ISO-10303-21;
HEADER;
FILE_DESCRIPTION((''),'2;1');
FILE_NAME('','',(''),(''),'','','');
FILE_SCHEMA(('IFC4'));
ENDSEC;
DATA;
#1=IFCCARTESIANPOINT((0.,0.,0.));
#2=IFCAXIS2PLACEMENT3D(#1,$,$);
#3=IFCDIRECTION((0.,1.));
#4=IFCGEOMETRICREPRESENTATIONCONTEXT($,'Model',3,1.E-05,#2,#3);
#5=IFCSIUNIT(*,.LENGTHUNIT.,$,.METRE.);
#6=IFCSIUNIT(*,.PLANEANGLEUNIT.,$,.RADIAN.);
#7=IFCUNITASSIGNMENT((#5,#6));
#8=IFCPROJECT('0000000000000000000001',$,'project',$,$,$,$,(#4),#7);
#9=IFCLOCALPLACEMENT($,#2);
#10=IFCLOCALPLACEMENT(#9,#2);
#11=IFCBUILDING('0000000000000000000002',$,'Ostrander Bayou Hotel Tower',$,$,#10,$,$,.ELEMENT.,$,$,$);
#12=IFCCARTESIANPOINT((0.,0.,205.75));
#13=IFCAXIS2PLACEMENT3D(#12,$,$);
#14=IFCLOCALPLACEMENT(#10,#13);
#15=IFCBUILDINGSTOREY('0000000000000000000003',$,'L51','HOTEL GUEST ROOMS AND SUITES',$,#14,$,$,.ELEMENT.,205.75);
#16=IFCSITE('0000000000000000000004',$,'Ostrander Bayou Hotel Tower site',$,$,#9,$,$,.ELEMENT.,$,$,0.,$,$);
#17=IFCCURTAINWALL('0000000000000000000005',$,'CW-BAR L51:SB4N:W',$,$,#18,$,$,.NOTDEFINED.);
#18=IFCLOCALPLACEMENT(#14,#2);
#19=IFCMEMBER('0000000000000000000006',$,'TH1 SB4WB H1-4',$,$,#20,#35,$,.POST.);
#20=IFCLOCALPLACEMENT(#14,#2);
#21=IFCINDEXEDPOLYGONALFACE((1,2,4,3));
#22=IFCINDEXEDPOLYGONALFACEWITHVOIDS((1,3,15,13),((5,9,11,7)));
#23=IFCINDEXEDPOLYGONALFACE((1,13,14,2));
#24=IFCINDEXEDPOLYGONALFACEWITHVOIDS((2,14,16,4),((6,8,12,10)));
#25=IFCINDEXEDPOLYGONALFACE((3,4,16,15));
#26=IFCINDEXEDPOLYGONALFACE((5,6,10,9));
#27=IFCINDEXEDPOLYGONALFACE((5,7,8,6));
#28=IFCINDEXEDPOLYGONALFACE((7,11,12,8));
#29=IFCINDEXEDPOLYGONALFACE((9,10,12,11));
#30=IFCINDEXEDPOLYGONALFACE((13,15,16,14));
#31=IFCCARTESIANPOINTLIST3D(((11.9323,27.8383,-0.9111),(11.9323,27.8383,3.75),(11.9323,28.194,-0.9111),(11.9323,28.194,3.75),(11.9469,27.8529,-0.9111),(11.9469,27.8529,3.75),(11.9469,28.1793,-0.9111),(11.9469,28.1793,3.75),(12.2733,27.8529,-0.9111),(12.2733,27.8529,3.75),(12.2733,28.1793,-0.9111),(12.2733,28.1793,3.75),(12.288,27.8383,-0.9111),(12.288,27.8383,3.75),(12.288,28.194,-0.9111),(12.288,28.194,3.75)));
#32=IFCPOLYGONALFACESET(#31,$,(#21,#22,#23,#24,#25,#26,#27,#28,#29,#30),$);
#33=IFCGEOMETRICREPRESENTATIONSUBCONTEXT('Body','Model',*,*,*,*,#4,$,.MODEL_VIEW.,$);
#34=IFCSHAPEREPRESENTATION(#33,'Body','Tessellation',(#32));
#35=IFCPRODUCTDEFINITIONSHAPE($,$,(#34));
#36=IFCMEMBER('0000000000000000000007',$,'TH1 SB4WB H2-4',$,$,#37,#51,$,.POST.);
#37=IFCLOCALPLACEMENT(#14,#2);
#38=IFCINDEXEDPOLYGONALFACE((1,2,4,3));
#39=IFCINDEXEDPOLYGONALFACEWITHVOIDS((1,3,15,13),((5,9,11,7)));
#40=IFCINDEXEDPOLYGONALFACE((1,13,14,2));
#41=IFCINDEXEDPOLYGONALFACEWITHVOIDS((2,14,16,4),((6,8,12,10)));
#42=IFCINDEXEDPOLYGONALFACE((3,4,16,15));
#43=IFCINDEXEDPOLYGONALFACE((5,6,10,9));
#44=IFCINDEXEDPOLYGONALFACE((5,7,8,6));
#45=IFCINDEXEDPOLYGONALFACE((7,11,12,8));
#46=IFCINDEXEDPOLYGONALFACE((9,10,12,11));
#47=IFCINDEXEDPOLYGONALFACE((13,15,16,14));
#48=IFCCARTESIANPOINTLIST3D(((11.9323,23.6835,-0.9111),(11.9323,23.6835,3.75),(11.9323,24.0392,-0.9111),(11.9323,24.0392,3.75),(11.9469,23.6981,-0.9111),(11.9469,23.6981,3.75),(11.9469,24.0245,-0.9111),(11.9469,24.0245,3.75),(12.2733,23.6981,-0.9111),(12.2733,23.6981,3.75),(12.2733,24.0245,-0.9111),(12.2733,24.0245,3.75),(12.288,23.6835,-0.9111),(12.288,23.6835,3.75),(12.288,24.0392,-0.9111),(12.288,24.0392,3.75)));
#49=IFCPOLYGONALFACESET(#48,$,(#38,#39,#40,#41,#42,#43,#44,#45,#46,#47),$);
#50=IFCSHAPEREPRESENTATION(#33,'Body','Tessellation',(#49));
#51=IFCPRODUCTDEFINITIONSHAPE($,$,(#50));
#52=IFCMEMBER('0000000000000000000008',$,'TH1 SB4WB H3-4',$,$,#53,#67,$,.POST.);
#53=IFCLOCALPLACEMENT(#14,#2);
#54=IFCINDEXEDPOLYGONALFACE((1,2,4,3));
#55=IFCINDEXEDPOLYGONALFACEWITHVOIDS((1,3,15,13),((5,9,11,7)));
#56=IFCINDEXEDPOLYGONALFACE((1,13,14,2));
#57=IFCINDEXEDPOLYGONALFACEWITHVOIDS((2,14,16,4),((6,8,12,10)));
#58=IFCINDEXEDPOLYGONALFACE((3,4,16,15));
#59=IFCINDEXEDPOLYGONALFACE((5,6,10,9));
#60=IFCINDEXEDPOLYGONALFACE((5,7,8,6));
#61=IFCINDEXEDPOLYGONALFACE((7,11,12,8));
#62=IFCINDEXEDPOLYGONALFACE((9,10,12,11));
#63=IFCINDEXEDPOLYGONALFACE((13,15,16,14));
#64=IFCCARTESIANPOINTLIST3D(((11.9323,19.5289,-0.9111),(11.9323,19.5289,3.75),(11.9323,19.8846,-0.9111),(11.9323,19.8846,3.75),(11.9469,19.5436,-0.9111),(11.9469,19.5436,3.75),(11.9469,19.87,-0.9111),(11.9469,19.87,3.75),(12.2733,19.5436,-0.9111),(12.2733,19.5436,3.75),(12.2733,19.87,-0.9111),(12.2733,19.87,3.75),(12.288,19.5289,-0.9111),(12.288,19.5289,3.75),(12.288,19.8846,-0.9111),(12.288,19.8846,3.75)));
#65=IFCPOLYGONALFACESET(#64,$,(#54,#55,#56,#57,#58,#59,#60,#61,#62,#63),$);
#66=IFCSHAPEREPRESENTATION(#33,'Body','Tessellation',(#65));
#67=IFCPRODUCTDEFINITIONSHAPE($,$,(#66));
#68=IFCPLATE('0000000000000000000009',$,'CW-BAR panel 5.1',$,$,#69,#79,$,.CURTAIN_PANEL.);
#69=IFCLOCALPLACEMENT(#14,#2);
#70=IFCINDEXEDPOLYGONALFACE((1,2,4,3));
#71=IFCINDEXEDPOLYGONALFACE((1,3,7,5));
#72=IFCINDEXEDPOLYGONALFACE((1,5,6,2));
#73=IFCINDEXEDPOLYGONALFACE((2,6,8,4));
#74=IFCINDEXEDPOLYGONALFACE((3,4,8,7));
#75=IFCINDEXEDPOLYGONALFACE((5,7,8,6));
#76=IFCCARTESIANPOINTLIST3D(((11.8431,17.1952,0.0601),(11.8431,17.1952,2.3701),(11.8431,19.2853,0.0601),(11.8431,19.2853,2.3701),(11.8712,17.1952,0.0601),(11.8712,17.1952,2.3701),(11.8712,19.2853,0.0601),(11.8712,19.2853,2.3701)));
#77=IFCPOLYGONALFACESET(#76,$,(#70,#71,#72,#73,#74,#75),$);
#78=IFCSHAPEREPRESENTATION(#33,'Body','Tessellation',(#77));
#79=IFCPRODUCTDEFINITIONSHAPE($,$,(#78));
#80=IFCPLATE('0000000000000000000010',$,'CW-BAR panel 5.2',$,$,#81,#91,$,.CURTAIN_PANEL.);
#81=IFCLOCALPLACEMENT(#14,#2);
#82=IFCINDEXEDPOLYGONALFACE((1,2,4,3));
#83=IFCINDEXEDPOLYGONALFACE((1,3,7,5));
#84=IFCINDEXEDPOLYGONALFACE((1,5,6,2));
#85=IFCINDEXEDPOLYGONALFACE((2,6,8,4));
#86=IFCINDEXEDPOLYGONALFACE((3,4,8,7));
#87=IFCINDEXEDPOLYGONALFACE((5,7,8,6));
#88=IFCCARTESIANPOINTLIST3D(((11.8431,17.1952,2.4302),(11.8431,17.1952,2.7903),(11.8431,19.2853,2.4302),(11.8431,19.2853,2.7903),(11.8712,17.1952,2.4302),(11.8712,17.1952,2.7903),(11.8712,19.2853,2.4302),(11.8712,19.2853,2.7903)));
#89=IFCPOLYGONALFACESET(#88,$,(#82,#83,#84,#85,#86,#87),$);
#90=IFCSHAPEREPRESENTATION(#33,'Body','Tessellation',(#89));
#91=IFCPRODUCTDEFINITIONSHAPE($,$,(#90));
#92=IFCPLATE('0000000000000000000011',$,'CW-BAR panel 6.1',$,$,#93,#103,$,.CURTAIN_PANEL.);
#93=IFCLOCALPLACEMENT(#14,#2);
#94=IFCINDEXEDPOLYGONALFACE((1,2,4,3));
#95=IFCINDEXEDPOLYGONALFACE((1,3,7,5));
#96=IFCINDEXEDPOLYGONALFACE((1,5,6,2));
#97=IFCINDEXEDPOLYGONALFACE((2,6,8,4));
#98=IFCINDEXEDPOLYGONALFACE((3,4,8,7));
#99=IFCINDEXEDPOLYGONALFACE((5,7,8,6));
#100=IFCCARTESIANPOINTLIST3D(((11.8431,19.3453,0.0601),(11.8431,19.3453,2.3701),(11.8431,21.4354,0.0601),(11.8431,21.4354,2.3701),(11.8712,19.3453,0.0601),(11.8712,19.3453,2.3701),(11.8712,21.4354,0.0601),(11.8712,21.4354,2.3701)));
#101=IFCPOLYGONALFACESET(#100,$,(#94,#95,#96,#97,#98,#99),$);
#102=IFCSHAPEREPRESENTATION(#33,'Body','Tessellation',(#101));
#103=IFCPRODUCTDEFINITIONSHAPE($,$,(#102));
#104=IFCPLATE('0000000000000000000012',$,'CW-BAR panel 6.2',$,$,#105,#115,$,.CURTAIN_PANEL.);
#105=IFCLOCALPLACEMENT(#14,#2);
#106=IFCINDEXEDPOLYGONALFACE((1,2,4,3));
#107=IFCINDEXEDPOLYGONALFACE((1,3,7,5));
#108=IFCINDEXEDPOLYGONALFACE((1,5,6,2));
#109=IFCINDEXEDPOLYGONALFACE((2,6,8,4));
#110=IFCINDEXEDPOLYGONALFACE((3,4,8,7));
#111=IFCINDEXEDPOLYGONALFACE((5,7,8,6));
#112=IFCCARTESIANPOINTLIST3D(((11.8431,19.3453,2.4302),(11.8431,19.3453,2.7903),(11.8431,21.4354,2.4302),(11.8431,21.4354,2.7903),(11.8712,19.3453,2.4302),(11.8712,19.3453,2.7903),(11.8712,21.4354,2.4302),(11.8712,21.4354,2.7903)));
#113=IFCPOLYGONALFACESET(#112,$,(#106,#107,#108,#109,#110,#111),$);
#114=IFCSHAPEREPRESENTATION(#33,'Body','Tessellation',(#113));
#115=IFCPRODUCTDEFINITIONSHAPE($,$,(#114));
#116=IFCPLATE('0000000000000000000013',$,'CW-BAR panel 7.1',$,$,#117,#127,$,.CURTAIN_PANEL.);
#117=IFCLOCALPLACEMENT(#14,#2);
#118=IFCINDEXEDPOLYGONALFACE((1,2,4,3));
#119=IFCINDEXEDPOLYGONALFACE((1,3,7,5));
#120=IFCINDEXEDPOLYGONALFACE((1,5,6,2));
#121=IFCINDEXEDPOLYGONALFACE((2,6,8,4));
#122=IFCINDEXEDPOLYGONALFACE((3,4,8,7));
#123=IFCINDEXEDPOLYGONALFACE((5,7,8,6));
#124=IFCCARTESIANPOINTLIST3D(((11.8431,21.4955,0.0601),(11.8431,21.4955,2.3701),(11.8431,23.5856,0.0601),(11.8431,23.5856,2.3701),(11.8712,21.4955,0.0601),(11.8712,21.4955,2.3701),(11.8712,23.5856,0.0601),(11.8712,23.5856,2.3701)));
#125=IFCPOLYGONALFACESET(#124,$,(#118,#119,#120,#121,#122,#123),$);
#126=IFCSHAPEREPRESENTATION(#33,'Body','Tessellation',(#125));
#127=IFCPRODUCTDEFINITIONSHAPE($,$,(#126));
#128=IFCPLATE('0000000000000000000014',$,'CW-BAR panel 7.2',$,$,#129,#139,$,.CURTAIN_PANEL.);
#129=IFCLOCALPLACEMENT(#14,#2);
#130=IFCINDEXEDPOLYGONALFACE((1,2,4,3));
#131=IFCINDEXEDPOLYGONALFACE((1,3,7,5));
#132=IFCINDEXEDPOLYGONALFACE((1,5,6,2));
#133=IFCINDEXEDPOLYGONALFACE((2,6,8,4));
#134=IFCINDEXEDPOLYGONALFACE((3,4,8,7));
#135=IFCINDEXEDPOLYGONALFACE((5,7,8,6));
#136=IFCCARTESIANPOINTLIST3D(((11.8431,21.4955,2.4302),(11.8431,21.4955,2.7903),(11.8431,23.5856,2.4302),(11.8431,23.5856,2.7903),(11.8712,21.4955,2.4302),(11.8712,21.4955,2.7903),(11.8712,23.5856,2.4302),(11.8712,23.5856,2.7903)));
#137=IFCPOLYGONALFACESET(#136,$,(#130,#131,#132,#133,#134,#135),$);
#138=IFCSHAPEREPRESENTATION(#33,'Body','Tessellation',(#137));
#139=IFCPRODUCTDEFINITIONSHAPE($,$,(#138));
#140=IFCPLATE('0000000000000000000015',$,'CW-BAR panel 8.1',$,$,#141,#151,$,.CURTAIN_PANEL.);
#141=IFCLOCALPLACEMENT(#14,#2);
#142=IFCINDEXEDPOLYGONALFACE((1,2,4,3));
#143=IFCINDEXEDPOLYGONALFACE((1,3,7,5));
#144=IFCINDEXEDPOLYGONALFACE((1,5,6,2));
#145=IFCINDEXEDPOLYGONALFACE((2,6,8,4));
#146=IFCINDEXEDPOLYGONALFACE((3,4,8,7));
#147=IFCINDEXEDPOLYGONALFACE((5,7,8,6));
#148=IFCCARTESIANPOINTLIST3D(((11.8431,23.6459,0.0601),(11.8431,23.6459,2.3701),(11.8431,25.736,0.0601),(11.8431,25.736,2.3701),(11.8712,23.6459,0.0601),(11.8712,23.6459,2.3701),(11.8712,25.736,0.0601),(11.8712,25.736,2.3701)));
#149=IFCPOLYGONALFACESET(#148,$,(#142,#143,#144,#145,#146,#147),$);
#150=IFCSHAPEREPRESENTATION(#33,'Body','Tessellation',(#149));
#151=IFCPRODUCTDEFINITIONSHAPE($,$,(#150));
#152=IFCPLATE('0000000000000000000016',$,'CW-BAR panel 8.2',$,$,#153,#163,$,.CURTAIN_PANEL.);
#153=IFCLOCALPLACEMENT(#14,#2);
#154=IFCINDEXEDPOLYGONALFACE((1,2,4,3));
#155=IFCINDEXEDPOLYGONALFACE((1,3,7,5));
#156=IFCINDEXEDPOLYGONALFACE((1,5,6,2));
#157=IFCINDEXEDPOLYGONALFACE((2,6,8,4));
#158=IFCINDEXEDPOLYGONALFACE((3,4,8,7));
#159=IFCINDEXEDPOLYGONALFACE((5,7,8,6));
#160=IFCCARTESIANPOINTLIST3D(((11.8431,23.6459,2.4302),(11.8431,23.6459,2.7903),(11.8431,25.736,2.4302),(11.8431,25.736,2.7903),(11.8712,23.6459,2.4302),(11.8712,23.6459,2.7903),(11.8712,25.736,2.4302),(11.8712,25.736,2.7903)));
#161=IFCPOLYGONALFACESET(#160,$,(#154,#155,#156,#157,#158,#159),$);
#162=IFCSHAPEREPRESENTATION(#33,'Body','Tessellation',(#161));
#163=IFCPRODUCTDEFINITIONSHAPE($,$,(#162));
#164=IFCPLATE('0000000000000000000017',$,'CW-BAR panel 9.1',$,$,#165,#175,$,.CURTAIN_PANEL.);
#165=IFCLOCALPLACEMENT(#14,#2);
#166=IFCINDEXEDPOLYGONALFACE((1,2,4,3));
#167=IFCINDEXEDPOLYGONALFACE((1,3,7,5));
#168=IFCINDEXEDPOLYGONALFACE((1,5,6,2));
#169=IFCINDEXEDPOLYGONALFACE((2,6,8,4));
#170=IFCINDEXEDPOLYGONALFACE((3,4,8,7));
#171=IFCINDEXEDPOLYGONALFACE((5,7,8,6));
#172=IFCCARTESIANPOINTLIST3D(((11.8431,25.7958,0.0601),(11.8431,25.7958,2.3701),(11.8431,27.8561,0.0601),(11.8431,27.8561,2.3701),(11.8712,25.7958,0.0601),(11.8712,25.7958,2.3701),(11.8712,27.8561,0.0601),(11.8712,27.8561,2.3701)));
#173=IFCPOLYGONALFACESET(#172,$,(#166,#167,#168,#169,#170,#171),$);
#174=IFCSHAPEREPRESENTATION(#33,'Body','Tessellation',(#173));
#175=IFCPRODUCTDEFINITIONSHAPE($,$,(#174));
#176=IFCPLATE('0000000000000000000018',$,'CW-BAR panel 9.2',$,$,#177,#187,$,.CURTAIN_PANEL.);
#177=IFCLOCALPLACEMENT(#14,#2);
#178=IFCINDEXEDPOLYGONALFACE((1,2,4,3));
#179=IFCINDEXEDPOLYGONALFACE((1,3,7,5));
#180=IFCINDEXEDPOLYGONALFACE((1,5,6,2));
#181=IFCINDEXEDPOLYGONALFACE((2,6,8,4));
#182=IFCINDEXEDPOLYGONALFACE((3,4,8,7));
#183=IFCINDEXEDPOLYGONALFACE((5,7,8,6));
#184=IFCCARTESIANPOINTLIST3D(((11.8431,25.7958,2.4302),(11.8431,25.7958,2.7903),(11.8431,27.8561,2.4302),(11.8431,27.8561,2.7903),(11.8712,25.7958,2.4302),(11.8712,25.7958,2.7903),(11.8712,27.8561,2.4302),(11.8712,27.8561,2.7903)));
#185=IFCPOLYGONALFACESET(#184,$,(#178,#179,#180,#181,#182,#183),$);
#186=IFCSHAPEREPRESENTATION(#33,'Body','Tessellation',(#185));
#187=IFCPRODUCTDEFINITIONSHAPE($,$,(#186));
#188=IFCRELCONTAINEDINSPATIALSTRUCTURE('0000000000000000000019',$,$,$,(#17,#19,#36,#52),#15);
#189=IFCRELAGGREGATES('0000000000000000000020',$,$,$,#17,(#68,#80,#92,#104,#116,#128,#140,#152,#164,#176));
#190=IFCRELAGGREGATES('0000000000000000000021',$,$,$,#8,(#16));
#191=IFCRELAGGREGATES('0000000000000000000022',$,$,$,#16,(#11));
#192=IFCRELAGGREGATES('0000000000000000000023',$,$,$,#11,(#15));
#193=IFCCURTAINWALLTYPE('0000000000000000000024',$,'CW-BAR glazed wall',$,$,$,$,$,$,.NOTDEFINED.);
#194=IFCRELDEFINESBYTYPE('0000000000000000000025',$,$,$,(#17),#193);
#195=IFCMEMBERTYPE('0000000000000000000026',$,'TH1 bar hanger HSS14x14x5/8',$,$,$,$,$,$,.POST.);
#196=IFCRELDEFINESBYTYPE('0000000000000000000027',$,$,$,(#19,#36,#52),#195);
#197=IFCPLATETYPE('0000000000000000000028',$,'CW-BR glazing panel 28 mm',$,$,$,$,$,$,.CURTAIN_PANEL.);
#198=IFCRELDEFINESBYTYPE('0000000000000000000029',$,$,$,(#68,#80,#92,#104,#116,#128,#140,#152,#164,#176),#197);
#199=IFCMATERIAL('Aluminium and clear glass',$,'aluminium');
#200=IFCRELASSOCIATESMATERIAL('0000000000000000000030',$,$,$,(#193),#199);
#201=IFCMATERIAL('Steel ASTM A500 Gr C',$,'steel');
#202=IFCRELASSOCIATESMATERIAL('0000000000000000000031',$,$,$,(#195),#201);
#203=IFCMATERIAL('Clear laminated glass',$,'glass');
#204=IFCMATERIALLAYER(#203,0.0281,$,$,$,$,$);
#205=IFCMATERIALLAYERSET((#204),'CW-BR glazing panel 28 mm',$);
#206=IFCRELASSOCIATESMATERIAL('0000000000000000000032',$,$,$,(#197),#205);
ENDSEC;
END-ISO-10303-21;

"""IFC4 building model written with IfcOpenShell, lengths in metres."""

from ifc_helpers import new_model, si_unit, direction, frame, origin, origin_2d, place, context, subcontext, project, spatial, rectangle, hollow_rectangle, extrude, material, layer, layer_set, material_profile, profile_set, type_object, element, aggregate, save


model = new_model("IFC4")

# Units and contexts
model_context = context("Model", 3, precision=1e-05, world=origin(), true_north=direction((0.0, 1.0)))
body_context = subcontext(model_context, "Body", "Model", "MODEL_VIEW")
ifc_project = project(units=[si_unit("LENGTHUNIT", "METRE"), si_unit("PLANEANGLEUNIT", "RADIAN")], contexts=[model_context])

# Site, building, storey
site_placement = place(None, origin())
site = spatial("IfcSite", under=ifc_project, at=site_placement, Name="Ostrander Bayou Hotel Tower site", CompositionType="ELEMENT", RefElevation=0.0)
building_placement = place(site_placement, origin())
building = spatial("IfcBuilding", under=site, at=building_placement, Name="Ostrander Bayou Hotel Tower", CompositionType="ELEMENT")
storey_placement = place(building_placement, frame((0.0, 0.0, 205.75)))
storey = spatial("IfcBuildingStorey", under=building, at=storey_placement, Name="L51", Description="HOTEL GUEST ROOMS AND SUITES", CompositionType="ELEMENT", Elevation=205.75)

# Shared definitions
ifc_material_1 = material(Name="Aluminium and clear glass", Category="aluminium")
curtain_wall_type = type_object("IfcCurtainWallType", Name="CW-BAR glazed wall", PredefinedType="NOTDEFINED", material=ifc_material_1)

# Curtain wall
curtain_wall_1_placement = place(storey_placement, origin())
curtain_wall_1 = element("IfcCurtainWall", 1, at=curtain_wall_1_placement, inside=storey, type_object=curtain_wall_type, Name="CW-BAR L51:SB4N:W", PredefinedType="NOTDEFINED")

# Members
ifc_material_2 = material(Name="Steel ASTM A500 Gr C", Category="steel")
ifc_material_profile_1 = material_profile(ifc_material_2, hollow_rectangle(XDim=0.3557, YDim=0.3557, WallThickness=0.0146, at=origin_2d()))
ifc_profile_set_1 = profile_set([ifc_material_profile_1], Name="Steel ASTM A500 Gr C")
member_type_1 = type_object("IfcMemberType", Name="TH1 bar hanger HSS14x14x5/8", PredefinedType="POST", material=ifc_profile_set_1)
for number, where, z_axis, x_axis, name in (
    (2, (12.1101, 28.0161, -0.9111), (0.0, 0.0, 1.0), (1.0, 0.0, 0.0), "TH1 SB4WB H1-4"),
    (3, (12.1101, 23.8613, -0.9111), (0.0, 0.0, 1.0), (1.0, 0.0, 0.0), "TH1 SB4WB H2-4"),
    (4, (12.1101, 19.7068, -0.9111), (0.0, 0.0, 1.0), (1.0, 0.0, 0.0), "TH1 SB4WB H3-4"),
):
    element("IfcMember", number, at=place(storey_placement, frame(where, z_axis=z_axis, x_axis=x_axis)), inside=storey, type_object=member_type_1, Name=name, PredefinedType="POST", context=body_context, shape_type="SweptSolid", body=[
        extrude(hollow_rectangle(XDim=0.3557, YDim=0.3557, WallThickness=0.0146, at=origin_2d()), origin(), (0.0, 0.0, 1.0), 4.6611),
    ])

# Plates
ifc_material_3 = material(Name="Clear laminated glass", Category="glass")
ifc_layer = layer(ifc_material_3, 0.0281)
ifc_layer_set = layer_set([ifc_layer], Name="CW-BR glazing panel 28 mm")
plate_type = type_object("IfcPlateType", Name="CW-BR glazing panel 28 mm", PredefinedType="CURTAIN_PANEL", material=ifc_layer_set)
plate_1_placement = place(storey_placement, frame((11.8572, 18.2402, 0.0601), z_axis=(0.0, 0.0, 1.0), x_axis=(0.0, 1.0, 0.0)))
plate_1 = element("IfcPlate", 5, at=plate_1_placement, type_object=plate_type, Name="CW-BAR panel 5.1", PredefinedType="CURTAIN_PANEL", context=body_context, shape_type="SweptSolid", body=[
    extrude(rectangle(XDim=2.0901, YDim=0.0281, at=origin_2d()), origin(), (0.0, 0.0, 1.0), 2.3101),
])
plate_2_placement = place(storey_placement, frame((11.8572, 18.2402, 2.4302), z_axis=(0.0, 0.0, 1.0), x_axis=(0.0, 1.0, 0.0)))
plate_2 = element("IfcPlate", 6, at=plate_2_placement, type_object=plate_type, Name="CW-BAR panel 5.2", PredefinedType="CURTAIN_PANEL", context=body_context, shape_type="SweptSolid", body=[
    extrude(rectangle(XDim=2.0901, YDim=0.0281, at=origin_2d()), origin(), (0.0, 0.0, 1.0), 0.3601),
])
plate_3_placement = place(storey_placement, frame((11.8572, 20.3904, 0.0601), z_axis=(0.0, 0.0, 1.0), x_axis=(0.0, 1.0, 0.0)))
plate_3 = element("IfcPlate", 7, at=plate_3_placement, type_object=plate_type, Name="CW-BAR panel 6.1", PredefinedType="CURTAIN_PANEL", context=body_context, shape_type="SweptSolid", body=[
    extrude(rectangle(XDim=2.0901, YDim=0.0281, at=origin_2d()), origin(), (0.0, 0.0, 1.0), 2.3101),
])
plate_4_placement = place(storey_placement, frame((11.8572, 20.3904, 2.4302), z_axis=(0.0, 0.0, 1.0), x_axis=(0.0, 1.0, 0.0)))
plate_4 = element("IfcPlate", 8, at=plate_4_placement, type_object=plate_type, Name="CW-BAR panel 6.2", PredefinedType="CURTAIN_PANEL", context=body_context, shape_type="SweptSolid", body=[
    extrude(rectangle(XDim=2.0901, YDim=0.0281, at=origin_2d()), origin(), (0.0, 0.0, 1.0), 0.3601),
])
plate_5_placement = place(storey_placement, frame((11.8572, 22.5405, 0.0601), z_axis=(0.0, 0.0, 1.0), x_axis=(0.0, 1.0, 0.0)))
plate_5 = element("IfcPlate", 9, at=plate_5_placement, type_object=plate_type, Name="CW-BAR panel 7.1", PredefinedType="CURTAIN_PANEL", context=body_context, shape_type="SweptSolid", body=[
    extrude(rectangle(XDim=2.0901, YDim=0.0281, at=origin_2d()), origin(), (0.0, 0.0, 1.0), 2.3101),
])
plate_6_placement = place(storey_placement, frame((11.8572, 22.5405, 2.4302), z_axis=(0.0, 0.0, 1.0), x_axis=(0.0, 1.0, 0.0)))
plate_6 = element("IfcPlate", 10, at=plate_6_placement, type_object=plate_type, Name="CW-BAR panel 7.2", PredefinedType="CURTAIN_PANEL", context=body_context, shape_type="SweptSolid", body=[
    extrude(rectangle(XDim=2.0901, YDim=0.0281, at=origin_2d()), origin(), (0.0, 0.0, 1.0), 0.3601),
])
plate_7_placement = place(storey_placement, frame((11.8572, 24.6909, 0.0601), z_axis=(0.0, 0.0, 1.0), x_axis=(0.0, 1.0, 0.0)))
plate_7 = element("IfcPlate", 11, at=plate_7_placement, type_object=plate_type, Name="CW-BAR panel 8.1", PredefinedType="CURTAIN_PANEL", context=body_context, shape_type="SweptSolid", body=[
    extrude(rectangle(XDim=2.0901, YDim=0.0281, at=origin_2d()), origin(), (0.0, 0.0, 1.0), 2.3101),
])
plate_8_placement = place(storey_placement, frame((11.8572, 24.6909, 2.4302), z_axis=(0.0, 0.0, 1.0), x_axis=(0.0, 1.0, 0.0)))
plate_8 = element("IfcPlate", 12, at=plate_8_placement, type_object=plate_type, Name="CW-BAR panel 8.2", PredefinedType="CURTAIN_PANEL", context=body_context, shape_type="SweptSolid", body=[
    extrude(rectangle(XDim=2.0901, YDim=0.0281, at=origin_2d()), origin(), (0.0, 0.0, 1.0), 0.3601),
])
plate_9_placement = place(storey_placement, frame((11.8572, 26.8259, 0.0601), z_axis=(0.0, 0.0, 1.0), x_axis=(0.0, 1.0, 0.0)))
plate_9 = element("IfcPlate", 13, at=plate_9_placement, type_object=plate_type, Name="CW-BAR panel 9.1", PredefinedType="CURTAIN_PANEL", context=body_context, shape_type="SweptSolid", body=[
    extrude(rectangle(XDim=2.0603, YDim=0.0281, at=origin_2d()), origin(), (0.0, 0.0, 1.0), 2.3101),
])
plate_10_placement = place(storey_placement, frame((11.8572, 26.8259, 2.4302), z_axis=(0.0, 0.0, 1.0), x_axis=(0.0, 1.0, 0.0)))
plate_10 = element("IfcPlate", 14, at=plate_10_placement, type_object=plate_type, Name="CW-BAR panel 9.2", PredefinedType="CURTAIN_PANEL", context=body_context, shape_type="SweptSolid", body=[
    extrude(rectangle(XDim=2.0603, YDim=0.0281, at=origin_2d()), origin(), (0.0, 0.0, 1.0), 0.3601),
])
aggregate(curtain_wall_1, [plate_1, plate_2, plate_3, plate_4, plate_5, plate_6, plate_7, plate_8, plate_9, plate_10])

save(model, "model.ifc")
